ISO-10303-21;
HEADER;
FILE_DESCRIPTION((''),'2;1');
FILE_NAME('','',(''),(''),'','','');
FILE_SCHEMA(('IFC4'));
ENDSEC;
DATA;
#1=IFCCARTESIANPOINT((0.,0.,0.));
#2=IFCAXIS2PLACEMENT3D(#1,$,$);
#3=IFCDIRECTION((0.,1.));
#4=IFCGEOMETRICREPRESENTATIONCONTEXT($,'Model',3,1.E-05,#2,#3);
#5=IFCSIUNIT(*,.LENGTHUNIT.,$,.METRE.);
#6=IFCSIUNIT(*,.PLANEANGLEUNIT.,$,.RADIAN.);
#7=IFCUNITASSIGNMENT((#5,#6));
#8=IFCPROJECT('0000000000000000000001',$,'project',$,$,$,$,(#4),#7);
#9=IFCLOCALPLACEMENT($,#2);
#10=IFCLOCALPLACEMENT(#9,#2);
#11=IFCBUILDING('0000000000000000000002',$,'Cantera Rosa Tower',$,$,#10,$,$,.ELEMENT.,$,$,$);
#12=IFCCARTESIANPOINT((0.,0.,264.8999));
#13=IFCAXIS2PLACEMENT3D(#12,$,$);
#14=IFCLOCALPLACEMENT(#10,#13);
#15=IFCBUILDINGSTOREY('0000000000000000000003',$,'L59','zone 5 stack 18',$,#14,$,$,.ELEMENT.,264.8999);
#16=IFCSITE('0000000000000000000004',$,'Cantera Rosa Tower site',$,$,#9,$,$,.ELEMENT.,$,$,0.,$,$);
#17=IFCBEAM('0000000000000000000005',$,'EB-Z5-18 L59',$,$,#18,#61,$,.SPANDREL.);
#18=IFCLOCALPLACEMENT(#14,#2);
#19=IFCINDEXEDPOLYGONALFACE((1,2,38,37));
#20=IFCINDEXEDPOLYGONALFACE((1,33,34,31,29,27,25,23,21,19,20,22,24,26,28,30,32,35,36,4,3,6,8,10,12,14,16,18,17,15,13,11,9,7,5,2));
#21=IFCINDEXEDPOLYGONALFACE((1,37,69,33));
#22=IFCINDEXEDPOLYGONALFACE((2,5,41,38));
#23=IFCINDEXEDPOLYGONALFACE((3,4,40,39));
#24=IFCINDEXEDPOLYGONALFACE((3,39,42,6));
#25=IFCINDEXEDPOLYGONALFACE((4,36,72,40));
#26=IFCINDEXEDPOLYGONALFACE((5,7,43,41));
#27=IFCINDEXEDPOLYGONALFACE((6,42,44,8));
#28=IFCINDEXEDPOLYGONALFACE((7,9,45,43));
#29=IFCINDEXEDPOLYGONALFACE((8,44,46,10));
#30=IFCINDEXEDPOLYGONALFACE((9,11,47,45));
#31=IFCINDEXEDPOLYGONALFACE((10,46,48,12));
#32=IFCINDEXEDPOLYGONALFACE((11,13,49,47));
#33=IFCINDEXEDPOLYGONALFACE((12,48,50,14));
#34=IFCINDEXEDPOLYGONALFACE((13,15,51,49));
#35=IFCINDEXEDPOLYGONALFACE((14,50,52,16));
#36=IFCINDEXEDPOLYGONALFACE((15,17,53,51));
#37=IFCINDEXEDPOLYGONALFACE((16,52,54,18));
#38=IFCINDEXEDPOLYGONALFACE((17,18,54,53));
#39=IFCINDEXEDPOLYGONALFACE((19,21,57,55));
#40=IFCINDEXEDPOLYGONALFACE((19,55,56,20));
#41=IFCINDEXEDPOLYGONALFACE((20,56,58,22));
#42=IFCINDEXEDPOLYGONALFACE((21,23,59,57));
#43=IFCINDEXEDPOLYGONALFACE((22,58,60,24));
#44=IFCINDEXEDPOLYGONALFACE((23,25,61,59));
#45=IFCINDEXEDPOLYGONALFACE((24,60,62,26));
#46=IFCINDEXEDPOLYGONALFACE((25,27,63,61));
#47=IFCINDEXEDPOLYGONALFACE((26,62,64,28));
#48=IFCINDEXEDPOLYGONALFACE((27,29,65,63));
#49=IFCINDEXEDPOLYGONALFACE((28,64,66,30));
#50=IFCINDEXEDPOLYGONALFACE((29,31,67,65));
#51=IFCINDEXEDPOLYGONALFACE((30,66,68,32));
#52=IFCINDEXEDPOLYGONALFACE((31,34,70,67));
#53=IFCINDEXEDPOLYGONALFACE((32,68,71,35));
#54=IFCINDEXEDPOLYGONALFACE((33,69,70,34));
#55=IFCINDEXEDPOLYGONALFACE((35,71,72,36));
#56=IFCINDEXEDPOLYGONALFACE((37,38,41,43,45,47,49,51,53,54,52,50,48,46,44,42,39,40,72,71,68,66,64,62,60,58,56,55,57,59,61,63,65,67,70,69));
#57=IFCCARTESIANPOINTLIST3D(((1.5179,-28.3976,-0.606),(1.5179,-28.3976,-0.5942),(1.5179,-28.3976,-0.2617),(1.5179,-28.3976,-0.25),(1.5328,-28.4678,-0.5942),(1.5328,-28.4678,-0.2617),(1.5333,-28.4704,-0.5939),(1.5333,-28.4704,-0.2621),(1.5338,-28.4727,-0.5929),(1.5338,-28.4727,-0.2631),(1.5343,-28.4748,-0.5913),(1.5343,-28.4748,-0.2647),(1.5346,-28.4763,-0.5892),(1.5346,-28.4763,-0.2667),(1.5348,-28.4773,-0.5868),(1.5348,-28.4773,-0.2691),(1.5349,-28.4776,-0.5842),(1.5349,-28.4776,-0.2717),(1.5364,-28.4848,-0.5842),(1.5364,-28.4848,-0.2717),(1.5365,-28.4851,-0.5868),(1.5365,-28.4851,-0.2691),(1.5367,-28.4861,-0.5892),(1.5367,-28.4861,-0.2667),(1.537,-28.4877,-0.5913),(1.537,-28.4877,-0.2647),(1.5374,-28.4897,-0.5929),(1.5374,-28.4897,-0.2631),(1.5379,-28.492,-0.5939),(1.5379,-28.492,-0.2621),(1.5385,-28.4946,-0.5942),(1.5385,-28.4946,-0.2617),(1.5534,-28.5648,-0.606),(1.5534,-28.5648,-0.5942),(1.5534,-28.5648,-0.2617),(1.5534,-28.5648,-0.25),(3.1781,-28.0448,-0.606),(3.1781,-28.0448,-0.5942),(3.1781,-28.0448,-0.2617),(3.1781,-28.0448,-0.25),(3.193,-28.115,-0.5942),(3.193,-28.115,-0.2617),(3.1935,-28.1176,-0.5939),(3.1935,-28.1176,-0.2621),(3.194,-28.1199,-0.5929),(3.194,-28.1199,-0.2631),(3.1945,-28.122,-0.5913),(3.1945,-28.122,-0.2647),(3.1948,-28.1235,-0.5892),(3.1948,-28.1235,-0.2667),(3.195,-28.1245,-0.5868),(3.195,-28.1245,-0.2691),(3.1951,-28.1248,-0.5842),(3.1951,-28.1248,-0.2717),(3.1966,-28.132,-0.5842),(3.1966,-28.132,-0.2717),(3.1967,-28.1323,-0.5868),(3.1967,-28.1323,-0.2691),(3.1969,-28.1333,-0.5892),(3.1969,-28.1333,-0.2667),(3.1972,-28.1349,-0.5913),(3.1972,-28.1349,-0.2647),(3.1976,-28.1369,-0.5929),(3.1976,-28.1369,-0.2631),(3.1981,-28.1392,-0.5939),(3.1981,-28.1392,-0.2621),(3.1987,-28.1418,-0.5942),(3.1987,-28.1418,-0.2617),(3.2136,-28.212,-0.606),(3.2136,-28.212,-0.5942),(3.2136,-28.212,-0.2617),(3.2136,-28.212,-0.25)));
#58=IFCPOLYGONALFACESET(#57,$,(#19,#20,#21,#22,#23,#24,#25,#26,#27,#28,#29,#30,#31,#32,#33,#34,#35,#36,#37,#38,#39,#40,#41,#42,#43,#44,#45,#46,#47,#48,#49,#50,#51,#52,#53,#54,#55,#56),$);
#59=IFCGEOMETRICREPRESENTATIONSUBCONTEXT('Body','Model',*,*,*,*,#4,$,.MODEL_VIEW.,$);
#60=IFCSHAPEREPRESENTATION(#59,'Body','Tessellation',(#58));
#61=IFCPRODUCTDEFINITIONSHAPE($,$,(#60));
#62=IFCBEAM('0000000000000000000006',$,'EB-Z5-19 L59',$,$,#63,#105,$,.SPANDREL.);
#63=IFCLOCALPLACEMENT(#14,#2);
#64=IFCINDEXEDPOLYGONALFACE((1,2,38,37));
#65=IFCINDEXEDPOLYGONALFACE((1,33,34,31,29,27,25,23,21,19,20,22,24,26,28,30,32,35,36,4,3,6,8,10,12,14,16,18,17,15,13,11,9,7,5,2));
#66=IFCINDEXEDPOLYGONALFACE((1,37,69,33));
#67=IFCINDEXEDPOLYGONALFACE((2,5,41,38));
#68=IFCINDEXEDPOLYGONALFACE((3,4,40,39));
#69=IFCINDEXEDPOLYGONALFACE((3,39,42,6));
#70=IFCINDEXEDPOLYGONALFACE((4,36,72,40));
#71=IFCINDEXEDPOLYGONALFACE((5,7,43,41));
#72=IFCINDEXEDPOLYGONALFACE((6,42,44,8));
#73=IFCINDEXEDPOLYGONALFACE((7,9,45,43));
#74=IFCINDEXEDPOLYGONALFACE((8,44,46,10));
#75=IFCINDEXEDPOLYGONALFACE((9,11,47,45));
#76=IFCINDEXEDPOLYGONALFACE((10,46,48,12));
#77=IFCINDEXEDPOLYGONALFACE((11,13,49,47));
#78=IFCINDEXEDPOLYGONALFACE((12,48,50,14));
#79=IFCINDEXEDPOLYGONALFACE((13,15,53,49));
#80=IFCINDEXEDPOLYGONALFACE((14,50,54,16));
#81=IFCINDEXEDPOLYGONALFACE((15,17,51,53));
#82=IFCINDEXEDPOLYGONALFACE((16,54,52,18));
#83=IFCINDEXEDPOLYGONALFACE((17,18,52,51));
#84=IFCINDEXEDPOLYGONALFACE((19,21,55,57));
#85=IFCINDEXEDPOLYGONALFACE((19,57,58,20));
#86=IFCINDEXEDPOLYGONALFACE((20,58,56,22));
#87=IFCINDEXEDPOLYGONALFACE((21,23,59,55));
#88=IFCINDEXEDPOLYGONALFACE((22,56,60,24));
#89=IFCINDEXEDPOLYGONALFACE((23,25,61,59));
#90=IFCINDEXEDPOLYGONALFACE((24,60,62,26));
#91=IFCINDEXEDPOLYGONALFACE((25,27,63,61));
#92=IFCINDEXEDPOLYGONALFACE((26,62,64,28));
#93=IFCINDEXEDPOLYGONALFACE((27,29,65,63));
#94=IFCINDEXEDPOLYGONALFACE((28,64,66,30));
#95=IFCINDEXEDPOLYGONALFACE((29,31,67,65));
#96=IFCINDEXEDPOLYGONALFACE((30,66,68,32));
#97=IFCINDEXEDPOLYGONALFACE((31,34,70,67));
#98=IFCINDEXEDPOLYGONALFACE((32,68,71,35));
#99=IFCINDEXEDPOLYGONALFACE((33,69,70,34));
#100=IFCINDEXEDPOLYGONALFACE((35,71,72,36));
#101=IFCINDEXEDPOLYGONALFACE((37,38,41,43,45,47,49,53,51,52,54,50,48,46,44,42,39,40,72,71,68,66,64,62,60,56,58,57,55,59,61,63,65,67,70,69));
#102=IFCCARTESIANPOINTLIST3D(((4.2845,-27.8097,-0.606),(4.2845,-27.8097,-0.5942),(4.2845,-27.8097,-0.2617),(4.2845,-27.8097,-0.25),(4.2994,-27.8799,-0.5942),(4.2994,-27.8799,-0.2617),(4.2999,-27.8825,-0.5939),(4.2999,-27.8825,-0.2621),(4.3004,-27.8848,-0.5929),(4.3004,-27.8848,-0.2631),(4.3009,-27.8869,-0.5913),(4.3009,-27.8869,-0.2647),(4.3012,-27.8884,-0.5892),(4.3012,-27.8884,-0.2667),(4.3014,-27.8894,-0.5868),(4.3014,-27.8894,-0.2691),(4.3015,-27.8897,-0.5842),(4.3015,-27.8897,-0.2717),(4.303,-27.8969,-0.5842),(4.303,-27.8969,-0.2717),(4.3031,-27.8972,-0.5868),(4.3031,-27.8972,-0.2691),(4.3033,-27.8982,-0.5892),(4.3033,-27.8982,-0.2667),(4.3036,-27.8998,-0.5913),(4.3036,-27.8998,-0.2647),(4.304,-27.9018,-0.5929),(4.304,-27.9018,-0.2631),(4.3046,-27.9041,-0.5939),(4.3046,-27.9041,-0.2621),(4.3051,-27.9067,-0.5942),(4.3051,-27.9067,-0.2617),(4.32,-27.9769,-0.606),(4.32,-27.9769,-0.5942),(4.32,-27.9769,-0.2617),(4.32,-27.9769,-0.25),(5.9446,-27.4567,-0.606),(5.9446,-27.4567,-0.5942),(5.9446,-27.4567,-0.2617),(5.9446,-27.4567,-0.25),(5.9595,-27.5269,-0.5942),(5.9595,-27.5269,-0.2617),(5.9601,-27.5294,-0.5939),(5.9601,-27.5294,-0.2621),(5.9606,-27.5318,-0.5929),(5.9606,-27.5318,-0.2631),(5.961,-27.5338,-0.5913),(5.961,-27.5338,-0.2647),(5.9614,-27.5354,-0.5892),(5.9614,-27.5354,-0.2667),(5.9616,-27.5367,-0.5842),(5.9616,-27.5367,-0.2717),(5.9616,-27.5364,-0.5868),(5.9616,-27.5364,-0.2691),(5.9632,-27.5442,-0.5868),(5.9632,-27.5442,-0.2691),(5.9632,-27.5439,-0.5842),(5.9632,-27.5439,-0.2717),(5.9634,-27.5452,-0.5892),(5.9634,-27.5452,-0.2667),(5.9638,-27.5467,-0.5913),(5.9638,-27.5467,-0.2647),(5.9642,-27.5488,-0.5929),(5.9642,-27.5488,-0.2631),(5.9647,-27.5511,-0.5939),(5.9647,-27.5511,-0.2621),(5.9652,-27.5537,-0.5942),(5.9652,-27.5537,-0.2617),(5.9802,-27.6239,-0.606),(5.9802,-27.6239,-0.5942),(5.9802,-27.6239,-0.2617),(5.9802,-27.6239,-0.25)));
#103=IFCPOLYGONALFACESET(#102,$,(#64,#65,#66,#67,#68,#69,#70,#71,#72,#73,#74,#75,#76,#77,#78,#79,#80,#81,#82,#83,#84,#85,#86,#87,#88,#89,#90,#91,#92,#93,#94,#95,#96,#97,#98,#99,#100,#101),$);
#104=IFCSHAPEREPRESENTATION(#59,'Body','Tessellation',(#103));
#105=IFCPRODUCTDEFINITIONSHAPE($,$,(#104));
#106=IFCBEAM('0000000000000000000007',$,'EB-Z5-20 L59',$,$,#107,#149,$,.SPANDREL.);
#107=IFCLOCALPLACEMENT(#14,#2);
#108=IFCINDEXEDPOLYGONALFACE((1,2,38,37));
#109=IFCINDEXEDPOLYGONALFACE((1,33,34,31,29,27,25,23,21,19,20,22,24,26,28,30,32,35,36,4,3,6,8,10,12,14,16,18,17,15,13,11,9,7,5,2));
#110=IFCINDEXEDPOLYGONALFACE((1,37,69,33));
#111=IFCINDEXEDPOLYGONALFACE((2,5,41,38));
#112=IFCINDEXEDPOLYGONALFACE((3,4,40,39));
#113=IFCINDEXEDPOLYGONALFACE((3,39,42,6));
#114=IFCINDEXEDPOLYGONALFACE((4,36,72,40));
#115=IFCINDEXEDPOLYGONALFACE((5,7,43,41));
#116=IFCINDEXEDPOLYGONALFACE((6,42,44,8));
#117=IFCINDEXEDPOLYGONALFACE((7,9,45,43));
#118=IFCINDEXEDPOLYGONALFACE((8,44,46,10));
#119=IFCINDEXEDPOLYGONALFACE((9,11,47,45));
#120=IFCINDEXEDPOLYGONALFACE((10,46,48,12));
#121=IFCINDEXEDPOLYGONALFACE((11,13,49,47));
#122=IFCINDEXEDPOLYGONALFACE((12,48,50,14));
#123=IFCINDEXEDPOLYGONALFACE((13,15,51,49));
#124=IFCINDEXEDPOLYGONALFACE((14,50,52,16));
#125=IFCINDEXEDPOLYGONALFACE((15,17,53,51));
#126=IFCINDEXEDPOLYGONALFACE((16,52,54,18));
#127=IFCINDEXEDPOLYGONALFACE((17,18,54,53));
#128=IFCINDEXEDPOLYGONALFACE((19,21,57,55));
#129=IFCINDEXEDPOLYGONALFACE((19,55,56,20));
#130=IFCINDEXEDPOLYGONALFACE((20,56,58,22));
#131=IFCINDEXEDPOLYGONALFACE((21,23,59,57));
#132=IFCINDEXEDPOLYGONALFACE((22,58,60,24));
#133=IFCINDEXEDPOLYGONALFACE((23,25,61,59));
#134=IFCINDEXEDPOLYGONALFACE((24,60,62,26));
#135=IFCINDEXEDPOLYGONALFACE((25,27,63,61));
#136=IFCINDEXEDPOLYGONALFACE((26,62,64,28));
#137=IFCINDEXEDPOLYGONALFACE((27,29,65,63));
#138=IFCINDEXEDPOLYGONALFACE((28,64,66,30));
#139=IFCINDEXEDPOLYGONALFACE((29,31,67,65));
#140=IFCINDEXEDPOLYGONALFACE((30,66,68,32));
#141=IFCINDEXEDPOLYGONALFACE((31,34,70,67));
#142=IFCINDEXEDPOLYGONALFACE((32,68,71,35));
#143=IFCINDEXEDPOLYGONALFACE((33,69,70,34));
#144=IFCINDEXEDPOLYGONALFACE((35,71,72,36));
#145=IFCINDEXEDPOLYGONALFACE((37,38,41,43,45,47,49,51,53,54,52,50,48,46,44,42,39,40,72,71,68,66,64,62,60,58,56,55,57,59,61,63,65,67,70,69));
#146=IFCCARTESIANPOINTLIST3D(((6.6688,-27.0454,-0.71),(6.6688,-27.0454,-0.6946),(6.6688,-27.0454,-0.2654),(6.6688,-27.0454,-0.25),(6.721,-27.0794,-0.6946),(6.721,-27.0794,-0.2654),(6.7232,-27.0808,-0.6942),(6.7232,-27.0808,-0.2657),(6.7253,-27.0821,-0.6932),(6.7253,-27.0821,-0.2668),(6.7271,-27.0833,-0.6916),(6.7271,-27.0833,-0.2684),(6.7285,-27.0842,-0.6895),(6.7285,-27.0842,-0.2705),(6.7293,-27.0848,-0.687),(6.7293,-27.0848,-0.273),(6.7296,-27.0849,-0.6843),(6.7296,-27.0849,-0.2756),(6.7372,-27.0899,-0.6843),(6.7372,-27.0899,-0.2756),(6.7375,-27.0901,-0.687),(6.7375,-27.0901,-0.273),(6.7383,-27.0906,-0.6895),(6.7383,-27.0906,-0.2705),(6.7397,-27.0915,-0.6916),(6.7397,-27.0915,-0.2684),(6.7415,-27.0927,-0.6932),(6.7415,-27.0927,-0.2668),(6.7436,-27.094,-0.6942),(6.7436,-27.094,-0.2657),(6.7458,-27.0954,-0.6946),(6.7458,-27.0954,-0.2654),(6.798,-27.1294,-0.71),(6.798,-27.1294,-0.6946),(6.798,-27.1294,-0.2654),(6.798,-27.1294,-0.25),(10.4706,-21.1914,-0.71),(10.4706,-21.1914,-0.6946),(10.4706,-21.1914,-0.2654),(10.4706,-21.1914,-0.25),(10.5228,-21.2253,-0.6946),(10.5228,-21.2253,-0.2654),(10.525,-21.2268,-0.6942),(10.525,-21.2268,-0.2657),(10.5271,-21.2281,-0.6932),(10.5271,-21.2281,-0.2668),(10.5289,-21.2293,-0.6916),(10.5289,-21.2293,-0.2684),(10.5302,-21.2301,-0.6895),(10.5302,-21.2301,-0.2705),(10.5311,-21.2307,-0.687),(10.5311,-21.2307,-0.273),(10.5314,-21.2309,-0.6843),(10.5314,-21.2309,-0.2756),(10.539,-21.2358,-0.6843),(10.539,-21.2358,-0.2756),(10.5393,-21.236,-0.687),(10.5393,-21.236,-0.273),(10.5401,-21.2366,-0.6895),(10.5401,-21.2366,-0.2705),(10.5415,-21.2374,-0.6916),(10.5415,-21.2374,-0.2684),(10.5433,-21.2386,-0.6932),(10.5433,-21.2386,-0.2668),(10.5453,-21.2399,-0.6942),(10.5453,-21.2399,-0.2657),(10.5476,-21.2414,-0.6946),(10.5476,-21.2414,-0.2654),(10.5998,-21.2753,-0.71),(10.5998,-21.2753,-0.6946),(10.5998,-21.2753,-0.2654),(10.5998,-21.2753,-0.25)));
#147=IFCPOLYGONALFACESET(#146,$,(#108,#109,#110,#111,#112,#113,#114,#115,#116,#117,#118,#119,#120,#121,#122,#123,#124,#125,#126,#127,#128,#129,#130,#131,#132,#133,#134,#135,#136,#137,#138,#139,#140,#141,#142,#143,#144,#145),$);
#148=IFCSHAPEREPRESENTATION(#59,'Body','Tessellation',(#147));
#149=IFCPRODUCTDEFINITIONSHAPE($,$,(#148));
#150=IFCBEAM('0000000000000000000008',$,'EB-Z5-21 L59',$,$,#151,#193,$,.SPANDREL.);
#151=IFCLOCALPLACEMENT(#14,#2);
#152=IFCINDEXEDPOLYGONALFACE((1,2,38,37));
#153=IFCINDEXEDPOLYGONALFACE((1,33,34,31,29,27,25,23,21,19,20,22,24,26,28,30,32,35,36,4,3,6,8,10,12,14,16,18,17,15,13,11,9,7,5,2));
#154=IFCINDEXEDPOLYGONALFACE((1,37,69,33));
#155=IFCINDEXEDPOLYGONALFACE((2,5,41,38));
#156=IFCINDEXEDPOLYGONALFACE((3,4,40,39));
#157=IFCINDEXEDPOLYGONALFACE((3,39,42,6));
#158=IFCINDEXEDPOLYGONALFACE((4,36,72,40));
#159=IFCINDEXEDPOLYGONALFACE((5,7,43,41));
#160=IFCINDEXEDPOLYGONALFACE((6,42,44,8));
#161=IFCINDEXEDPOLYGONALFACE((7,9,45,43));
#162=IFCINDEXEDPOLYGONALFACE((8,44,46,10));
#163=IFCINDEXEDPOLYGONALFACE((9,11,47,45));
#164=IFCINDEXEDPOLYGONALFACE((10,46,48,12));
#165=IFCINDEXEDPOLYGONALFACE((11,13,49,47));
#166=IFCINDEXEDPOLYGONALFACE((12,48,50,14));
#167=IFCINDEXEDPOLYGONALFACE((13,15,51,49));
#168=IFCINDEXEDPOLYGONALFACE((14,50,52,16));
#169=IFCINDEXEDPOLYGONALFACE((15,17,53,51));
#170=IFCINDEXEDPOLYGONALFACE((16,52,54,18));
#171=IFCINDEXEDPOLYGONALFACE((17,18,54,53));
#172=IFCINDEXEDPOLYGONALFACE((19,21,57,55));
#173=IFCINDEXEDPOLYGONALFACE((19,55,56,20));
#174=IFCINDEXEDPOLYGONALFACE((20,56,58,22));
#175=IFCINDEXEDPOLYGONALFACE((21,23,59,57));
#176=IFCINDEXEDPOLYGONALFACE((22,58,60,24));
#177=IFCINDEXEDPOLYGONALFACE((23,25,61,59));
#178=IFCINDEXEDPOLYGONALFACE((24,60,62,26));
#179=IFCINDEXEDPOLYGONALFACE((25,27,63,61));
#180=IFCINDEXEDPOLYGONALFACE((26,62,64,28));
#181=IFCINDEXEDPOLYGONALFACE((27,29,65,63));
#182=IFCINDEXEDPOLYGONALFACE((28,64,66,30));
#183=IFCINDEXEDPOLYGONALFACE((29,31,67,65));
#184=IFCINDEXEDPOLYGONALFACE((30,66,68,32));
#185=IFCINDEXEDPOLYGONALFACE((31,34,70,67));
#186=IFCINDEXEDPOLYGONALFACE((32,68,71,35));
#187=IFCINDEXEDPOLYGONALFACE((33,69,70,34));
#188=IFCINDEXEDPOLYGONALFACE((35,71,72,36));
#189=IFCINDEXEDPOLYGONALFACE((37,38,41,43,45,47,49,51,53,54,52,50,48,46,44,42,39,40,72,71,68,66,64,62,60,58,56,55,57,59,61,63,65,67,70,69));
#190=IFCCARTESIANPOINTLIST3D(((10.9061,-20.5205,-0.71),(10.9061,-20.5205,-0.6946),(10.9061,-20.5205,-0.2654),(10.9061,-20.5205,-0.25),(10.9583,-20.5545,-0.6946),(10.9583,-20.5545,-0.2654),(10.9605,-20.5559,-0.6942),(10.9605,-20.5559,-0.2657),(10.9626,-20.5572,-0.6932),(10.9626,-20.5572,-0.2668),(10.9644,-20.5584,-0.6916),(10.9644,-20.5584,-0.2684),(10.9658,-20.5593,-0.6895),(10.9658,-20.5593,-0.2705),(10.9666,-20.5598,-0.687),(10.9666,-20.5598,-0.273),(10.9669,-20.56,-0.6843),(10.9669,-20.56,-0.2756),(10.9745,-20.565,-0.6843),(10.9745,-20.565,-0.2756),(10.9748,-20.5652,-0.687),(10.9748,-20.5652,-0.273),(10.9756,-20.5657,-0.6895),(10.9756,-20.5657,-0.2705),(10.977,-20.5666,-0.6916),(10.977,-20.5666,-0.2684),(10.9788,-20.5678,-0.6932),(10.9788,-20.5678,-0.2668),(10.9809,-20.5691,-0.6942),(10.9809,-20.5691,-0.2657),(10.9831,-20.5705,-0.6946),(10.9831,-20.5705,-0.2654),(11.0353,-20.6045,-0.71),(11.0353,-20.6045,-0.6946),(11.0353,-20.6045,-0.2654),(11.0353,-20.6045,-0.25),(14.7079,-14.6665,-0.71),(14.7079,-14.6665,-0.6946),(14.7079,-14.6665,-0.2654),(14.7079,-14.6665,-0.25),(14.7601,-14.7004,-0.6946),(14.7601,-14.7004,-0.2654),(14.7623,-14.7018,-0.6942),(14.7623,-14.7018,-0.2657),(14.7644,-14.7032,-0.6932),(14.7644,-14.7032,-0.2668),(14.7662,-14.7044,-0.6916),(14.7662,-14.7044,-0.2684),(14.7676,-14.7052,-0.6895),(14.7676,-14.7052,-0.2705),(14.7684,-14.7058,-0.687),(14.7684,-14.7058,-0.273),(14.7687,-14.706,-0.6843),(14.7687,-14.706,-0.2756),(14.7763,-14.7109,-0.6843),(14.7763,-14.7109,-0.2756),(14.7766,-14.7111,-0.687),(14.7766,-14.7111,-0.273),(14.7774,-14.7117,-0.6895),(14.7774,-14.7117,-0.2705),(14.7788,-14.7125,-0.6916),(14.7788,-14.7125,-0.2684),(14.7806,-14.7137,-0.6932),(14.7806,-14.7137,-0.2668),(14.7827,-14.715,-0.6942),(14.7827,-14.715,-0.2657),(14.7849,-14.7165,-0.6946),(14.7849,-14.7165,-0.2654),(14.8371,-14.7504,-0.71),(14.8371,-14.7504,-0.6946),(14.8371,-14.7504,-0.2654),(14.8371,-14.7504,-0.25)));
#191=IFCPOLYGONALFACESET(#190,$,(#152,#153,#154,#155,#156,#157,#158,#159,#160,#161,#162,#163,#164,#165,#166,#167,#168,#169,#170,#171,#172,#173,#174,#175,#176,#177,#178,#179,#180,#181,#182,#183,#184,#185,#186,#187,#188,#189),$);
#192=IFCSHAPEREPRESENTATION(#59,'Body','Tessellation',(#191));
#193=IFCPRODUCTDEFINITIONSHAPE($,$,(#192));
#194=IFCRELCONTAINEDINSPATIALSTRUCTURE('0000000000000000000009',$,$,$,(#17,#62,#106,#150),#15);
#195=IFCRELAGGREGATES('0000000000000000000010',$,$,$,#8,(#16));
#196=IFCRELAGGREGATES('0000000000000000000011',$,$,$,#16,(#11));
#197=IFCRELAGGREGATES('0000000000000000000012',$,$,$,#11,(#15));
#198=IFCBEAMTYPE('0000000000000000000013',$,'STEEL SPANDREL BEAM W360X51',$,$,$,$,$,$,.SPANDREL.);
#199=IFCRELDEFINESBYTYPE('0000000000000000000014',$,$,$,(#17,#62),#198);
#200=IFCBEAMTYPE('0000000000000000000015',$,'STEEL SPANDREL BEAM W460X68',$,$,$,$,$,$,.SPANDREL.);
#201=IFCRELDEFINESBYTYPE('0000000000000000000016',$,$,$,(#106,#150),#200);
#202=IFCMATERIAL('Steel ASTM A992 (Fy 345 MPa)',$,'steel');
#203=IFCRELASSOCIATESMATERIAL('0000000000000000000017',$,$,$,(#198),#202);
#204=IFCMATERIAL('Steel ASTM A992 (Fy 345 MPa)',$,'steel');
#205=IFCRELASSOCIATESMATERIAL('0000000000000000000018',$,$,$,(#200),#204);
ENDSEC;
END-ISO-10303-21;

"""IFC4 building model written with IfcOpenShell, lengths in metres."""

from ifc_helpers import new_model, si_unit, direction, frame, origin, origin_2d, place, context, subcontext, project, spatial, i_section, extrude, material, material_profile, profile_set, type_object, element, save


model = new_model("IFC4")

# Units and contexts
model_context = context("Model", 3, precision=1e-05, world=origin(), true_north=direction((0.0, 1.0)))
body_context = subcontext(model_context, "Body", "Model", "MODEL_VIEW")
ifc_project = project(units=[si_unit("LENGTHUNIT", "METRE"), si_unit("PLANEANGLEUNIT", "RADIAN")], contexts=[model_context])

# Site, building, storey
site_placement = place(None, origin())
site = spatial("IfcSite", under=ifc_project, at=site_placement, Name="Cantera Rosa Tower site", CompositionType="ELEMENT", RefElevation=0.0)
building_placement = place(site_placement, origin())
building = spatial("IfcBuilding", under=site, at=building_placement, Name="Cantera Rosa Tower", CompositionType="ELEMENT")
storey_placement = place(building_placement, frame((0.0, 0.0, 264.8999)))
storey = spatial("IfcBuildingStorey", under=building, at=storey_placement, Name="L59", Description="zone 5 stack 18", CompositionType="ELEMENT", Elevation=264.8999)

# Beams
ifc_material_1 = material(Name="Steel ASTM A992 (Fy 345 MPa)", Category="steel")
ifc_material_profile_1 = material_profile(ifc_material_1, i_section(OverallWidth=0.1709, OverallDepth=0.356, WebThickness=0.0073, FlangeThickness=0.0117, FilletRadius=0.01, at=origin_2d()), Name="W360X51")
ifc_profile_set_1 = profile_set([ifc_material_profile_1], Name="Steel ASTM A992 (Fy 345 MPa)")
beam_type_1 = type_object("IfcBeamType", Name="STEEL SPANDREL BEAM W360X51", PredefinedType="SPANDREL", material=ifc_profile_set_1)
for number, where, z_axis, x_axis, name in (
    (1, (1.5356, -28.4812, -0.428), (0.978159, 0.207859, 0.0), (-0.207859, 0.978159, 0.0), "EB-Z5-18 L59"),
    (2, (4.3022, -27.8933, -0.428), (0.97813, 0.207996, 0.0), (-0.207996, 0.97813, 0.0), "EB-Z5-19 L59"),
):
    element("IfcBeam", number, at=place(storey_placement, frame(where, z_axis=z_axis, x_axis=x_axis)), inside=storey, type_object=beam_type_1, Name=name, PredefinedType="SPANDREL", context=body_context, shape_type="SweptSolid", body=[
        extrude(i_section(OverallWidth=0.1709, OverallDepth=0.356, WebThickness=0.0073, FlangeThickness=0.0117, FilletRadius=0.01, at=origin_2d()), origin(), (0.0, 0.0, 1.0), 1.6973),
    ])
ifc_material_2 = material(Name="Steel ASTM A992 (Fy 345 MPa)", Category="steel")
ifc_material_profile_2 = material_profile(ifc_material_2, i_section(OverallWidth=0.1541, OverallDepth=0.46, WebThickness=0.009, FlangeThickness=0.0154, FilletRadius=0.0103, at=origin_2d()), Name="W460X68")
ifc_profile_set_2 = profile_set([ifc_material_profile_2], Name="Steel ASTM A992 (Fy 345 MPa)")
beam_type_2 = type_object("IfcBeamType", Name="STEEL SPANDREL BEAM W460X68", PredefinedType="SPANDREL", material=ifc_profile_set_2)
for number, where, z_axis, x_axis, name in (
    (3, (6.7334, -27.0874, -0.48), (0.544651, 0.838663, 0.0), (-0.838663, 0.544651, 0.0), "EB-Z5-20 L59"),
    (4, (10.9707, -20.5625, -0.48), (0.544651, 0.838663, 0.0), (-0.838663, 0.544651, 0.0), "EB-Z5-21 L59"),
):
    element("IfcBeam", number, at=place(storey_placement, frame(where, z_axis=z_axis, x_axis=x_axis)), inside=storey, type_object=beam_type_2, Name=name, PredefinedType="SPANDREL", context=body_context, shape_type="SweptSolid", body=[
        extrude(i_section(OverallWidth=0.1541, OverallDepth=0.46, WebThickness=0.009, FlangeThickness=0.0154, FilletRadius=0.0103, at=origin_2d()), origin(), (0.0, 0.0, 1.0), 6.9802),
    ])

save(model, "model.ifc")
